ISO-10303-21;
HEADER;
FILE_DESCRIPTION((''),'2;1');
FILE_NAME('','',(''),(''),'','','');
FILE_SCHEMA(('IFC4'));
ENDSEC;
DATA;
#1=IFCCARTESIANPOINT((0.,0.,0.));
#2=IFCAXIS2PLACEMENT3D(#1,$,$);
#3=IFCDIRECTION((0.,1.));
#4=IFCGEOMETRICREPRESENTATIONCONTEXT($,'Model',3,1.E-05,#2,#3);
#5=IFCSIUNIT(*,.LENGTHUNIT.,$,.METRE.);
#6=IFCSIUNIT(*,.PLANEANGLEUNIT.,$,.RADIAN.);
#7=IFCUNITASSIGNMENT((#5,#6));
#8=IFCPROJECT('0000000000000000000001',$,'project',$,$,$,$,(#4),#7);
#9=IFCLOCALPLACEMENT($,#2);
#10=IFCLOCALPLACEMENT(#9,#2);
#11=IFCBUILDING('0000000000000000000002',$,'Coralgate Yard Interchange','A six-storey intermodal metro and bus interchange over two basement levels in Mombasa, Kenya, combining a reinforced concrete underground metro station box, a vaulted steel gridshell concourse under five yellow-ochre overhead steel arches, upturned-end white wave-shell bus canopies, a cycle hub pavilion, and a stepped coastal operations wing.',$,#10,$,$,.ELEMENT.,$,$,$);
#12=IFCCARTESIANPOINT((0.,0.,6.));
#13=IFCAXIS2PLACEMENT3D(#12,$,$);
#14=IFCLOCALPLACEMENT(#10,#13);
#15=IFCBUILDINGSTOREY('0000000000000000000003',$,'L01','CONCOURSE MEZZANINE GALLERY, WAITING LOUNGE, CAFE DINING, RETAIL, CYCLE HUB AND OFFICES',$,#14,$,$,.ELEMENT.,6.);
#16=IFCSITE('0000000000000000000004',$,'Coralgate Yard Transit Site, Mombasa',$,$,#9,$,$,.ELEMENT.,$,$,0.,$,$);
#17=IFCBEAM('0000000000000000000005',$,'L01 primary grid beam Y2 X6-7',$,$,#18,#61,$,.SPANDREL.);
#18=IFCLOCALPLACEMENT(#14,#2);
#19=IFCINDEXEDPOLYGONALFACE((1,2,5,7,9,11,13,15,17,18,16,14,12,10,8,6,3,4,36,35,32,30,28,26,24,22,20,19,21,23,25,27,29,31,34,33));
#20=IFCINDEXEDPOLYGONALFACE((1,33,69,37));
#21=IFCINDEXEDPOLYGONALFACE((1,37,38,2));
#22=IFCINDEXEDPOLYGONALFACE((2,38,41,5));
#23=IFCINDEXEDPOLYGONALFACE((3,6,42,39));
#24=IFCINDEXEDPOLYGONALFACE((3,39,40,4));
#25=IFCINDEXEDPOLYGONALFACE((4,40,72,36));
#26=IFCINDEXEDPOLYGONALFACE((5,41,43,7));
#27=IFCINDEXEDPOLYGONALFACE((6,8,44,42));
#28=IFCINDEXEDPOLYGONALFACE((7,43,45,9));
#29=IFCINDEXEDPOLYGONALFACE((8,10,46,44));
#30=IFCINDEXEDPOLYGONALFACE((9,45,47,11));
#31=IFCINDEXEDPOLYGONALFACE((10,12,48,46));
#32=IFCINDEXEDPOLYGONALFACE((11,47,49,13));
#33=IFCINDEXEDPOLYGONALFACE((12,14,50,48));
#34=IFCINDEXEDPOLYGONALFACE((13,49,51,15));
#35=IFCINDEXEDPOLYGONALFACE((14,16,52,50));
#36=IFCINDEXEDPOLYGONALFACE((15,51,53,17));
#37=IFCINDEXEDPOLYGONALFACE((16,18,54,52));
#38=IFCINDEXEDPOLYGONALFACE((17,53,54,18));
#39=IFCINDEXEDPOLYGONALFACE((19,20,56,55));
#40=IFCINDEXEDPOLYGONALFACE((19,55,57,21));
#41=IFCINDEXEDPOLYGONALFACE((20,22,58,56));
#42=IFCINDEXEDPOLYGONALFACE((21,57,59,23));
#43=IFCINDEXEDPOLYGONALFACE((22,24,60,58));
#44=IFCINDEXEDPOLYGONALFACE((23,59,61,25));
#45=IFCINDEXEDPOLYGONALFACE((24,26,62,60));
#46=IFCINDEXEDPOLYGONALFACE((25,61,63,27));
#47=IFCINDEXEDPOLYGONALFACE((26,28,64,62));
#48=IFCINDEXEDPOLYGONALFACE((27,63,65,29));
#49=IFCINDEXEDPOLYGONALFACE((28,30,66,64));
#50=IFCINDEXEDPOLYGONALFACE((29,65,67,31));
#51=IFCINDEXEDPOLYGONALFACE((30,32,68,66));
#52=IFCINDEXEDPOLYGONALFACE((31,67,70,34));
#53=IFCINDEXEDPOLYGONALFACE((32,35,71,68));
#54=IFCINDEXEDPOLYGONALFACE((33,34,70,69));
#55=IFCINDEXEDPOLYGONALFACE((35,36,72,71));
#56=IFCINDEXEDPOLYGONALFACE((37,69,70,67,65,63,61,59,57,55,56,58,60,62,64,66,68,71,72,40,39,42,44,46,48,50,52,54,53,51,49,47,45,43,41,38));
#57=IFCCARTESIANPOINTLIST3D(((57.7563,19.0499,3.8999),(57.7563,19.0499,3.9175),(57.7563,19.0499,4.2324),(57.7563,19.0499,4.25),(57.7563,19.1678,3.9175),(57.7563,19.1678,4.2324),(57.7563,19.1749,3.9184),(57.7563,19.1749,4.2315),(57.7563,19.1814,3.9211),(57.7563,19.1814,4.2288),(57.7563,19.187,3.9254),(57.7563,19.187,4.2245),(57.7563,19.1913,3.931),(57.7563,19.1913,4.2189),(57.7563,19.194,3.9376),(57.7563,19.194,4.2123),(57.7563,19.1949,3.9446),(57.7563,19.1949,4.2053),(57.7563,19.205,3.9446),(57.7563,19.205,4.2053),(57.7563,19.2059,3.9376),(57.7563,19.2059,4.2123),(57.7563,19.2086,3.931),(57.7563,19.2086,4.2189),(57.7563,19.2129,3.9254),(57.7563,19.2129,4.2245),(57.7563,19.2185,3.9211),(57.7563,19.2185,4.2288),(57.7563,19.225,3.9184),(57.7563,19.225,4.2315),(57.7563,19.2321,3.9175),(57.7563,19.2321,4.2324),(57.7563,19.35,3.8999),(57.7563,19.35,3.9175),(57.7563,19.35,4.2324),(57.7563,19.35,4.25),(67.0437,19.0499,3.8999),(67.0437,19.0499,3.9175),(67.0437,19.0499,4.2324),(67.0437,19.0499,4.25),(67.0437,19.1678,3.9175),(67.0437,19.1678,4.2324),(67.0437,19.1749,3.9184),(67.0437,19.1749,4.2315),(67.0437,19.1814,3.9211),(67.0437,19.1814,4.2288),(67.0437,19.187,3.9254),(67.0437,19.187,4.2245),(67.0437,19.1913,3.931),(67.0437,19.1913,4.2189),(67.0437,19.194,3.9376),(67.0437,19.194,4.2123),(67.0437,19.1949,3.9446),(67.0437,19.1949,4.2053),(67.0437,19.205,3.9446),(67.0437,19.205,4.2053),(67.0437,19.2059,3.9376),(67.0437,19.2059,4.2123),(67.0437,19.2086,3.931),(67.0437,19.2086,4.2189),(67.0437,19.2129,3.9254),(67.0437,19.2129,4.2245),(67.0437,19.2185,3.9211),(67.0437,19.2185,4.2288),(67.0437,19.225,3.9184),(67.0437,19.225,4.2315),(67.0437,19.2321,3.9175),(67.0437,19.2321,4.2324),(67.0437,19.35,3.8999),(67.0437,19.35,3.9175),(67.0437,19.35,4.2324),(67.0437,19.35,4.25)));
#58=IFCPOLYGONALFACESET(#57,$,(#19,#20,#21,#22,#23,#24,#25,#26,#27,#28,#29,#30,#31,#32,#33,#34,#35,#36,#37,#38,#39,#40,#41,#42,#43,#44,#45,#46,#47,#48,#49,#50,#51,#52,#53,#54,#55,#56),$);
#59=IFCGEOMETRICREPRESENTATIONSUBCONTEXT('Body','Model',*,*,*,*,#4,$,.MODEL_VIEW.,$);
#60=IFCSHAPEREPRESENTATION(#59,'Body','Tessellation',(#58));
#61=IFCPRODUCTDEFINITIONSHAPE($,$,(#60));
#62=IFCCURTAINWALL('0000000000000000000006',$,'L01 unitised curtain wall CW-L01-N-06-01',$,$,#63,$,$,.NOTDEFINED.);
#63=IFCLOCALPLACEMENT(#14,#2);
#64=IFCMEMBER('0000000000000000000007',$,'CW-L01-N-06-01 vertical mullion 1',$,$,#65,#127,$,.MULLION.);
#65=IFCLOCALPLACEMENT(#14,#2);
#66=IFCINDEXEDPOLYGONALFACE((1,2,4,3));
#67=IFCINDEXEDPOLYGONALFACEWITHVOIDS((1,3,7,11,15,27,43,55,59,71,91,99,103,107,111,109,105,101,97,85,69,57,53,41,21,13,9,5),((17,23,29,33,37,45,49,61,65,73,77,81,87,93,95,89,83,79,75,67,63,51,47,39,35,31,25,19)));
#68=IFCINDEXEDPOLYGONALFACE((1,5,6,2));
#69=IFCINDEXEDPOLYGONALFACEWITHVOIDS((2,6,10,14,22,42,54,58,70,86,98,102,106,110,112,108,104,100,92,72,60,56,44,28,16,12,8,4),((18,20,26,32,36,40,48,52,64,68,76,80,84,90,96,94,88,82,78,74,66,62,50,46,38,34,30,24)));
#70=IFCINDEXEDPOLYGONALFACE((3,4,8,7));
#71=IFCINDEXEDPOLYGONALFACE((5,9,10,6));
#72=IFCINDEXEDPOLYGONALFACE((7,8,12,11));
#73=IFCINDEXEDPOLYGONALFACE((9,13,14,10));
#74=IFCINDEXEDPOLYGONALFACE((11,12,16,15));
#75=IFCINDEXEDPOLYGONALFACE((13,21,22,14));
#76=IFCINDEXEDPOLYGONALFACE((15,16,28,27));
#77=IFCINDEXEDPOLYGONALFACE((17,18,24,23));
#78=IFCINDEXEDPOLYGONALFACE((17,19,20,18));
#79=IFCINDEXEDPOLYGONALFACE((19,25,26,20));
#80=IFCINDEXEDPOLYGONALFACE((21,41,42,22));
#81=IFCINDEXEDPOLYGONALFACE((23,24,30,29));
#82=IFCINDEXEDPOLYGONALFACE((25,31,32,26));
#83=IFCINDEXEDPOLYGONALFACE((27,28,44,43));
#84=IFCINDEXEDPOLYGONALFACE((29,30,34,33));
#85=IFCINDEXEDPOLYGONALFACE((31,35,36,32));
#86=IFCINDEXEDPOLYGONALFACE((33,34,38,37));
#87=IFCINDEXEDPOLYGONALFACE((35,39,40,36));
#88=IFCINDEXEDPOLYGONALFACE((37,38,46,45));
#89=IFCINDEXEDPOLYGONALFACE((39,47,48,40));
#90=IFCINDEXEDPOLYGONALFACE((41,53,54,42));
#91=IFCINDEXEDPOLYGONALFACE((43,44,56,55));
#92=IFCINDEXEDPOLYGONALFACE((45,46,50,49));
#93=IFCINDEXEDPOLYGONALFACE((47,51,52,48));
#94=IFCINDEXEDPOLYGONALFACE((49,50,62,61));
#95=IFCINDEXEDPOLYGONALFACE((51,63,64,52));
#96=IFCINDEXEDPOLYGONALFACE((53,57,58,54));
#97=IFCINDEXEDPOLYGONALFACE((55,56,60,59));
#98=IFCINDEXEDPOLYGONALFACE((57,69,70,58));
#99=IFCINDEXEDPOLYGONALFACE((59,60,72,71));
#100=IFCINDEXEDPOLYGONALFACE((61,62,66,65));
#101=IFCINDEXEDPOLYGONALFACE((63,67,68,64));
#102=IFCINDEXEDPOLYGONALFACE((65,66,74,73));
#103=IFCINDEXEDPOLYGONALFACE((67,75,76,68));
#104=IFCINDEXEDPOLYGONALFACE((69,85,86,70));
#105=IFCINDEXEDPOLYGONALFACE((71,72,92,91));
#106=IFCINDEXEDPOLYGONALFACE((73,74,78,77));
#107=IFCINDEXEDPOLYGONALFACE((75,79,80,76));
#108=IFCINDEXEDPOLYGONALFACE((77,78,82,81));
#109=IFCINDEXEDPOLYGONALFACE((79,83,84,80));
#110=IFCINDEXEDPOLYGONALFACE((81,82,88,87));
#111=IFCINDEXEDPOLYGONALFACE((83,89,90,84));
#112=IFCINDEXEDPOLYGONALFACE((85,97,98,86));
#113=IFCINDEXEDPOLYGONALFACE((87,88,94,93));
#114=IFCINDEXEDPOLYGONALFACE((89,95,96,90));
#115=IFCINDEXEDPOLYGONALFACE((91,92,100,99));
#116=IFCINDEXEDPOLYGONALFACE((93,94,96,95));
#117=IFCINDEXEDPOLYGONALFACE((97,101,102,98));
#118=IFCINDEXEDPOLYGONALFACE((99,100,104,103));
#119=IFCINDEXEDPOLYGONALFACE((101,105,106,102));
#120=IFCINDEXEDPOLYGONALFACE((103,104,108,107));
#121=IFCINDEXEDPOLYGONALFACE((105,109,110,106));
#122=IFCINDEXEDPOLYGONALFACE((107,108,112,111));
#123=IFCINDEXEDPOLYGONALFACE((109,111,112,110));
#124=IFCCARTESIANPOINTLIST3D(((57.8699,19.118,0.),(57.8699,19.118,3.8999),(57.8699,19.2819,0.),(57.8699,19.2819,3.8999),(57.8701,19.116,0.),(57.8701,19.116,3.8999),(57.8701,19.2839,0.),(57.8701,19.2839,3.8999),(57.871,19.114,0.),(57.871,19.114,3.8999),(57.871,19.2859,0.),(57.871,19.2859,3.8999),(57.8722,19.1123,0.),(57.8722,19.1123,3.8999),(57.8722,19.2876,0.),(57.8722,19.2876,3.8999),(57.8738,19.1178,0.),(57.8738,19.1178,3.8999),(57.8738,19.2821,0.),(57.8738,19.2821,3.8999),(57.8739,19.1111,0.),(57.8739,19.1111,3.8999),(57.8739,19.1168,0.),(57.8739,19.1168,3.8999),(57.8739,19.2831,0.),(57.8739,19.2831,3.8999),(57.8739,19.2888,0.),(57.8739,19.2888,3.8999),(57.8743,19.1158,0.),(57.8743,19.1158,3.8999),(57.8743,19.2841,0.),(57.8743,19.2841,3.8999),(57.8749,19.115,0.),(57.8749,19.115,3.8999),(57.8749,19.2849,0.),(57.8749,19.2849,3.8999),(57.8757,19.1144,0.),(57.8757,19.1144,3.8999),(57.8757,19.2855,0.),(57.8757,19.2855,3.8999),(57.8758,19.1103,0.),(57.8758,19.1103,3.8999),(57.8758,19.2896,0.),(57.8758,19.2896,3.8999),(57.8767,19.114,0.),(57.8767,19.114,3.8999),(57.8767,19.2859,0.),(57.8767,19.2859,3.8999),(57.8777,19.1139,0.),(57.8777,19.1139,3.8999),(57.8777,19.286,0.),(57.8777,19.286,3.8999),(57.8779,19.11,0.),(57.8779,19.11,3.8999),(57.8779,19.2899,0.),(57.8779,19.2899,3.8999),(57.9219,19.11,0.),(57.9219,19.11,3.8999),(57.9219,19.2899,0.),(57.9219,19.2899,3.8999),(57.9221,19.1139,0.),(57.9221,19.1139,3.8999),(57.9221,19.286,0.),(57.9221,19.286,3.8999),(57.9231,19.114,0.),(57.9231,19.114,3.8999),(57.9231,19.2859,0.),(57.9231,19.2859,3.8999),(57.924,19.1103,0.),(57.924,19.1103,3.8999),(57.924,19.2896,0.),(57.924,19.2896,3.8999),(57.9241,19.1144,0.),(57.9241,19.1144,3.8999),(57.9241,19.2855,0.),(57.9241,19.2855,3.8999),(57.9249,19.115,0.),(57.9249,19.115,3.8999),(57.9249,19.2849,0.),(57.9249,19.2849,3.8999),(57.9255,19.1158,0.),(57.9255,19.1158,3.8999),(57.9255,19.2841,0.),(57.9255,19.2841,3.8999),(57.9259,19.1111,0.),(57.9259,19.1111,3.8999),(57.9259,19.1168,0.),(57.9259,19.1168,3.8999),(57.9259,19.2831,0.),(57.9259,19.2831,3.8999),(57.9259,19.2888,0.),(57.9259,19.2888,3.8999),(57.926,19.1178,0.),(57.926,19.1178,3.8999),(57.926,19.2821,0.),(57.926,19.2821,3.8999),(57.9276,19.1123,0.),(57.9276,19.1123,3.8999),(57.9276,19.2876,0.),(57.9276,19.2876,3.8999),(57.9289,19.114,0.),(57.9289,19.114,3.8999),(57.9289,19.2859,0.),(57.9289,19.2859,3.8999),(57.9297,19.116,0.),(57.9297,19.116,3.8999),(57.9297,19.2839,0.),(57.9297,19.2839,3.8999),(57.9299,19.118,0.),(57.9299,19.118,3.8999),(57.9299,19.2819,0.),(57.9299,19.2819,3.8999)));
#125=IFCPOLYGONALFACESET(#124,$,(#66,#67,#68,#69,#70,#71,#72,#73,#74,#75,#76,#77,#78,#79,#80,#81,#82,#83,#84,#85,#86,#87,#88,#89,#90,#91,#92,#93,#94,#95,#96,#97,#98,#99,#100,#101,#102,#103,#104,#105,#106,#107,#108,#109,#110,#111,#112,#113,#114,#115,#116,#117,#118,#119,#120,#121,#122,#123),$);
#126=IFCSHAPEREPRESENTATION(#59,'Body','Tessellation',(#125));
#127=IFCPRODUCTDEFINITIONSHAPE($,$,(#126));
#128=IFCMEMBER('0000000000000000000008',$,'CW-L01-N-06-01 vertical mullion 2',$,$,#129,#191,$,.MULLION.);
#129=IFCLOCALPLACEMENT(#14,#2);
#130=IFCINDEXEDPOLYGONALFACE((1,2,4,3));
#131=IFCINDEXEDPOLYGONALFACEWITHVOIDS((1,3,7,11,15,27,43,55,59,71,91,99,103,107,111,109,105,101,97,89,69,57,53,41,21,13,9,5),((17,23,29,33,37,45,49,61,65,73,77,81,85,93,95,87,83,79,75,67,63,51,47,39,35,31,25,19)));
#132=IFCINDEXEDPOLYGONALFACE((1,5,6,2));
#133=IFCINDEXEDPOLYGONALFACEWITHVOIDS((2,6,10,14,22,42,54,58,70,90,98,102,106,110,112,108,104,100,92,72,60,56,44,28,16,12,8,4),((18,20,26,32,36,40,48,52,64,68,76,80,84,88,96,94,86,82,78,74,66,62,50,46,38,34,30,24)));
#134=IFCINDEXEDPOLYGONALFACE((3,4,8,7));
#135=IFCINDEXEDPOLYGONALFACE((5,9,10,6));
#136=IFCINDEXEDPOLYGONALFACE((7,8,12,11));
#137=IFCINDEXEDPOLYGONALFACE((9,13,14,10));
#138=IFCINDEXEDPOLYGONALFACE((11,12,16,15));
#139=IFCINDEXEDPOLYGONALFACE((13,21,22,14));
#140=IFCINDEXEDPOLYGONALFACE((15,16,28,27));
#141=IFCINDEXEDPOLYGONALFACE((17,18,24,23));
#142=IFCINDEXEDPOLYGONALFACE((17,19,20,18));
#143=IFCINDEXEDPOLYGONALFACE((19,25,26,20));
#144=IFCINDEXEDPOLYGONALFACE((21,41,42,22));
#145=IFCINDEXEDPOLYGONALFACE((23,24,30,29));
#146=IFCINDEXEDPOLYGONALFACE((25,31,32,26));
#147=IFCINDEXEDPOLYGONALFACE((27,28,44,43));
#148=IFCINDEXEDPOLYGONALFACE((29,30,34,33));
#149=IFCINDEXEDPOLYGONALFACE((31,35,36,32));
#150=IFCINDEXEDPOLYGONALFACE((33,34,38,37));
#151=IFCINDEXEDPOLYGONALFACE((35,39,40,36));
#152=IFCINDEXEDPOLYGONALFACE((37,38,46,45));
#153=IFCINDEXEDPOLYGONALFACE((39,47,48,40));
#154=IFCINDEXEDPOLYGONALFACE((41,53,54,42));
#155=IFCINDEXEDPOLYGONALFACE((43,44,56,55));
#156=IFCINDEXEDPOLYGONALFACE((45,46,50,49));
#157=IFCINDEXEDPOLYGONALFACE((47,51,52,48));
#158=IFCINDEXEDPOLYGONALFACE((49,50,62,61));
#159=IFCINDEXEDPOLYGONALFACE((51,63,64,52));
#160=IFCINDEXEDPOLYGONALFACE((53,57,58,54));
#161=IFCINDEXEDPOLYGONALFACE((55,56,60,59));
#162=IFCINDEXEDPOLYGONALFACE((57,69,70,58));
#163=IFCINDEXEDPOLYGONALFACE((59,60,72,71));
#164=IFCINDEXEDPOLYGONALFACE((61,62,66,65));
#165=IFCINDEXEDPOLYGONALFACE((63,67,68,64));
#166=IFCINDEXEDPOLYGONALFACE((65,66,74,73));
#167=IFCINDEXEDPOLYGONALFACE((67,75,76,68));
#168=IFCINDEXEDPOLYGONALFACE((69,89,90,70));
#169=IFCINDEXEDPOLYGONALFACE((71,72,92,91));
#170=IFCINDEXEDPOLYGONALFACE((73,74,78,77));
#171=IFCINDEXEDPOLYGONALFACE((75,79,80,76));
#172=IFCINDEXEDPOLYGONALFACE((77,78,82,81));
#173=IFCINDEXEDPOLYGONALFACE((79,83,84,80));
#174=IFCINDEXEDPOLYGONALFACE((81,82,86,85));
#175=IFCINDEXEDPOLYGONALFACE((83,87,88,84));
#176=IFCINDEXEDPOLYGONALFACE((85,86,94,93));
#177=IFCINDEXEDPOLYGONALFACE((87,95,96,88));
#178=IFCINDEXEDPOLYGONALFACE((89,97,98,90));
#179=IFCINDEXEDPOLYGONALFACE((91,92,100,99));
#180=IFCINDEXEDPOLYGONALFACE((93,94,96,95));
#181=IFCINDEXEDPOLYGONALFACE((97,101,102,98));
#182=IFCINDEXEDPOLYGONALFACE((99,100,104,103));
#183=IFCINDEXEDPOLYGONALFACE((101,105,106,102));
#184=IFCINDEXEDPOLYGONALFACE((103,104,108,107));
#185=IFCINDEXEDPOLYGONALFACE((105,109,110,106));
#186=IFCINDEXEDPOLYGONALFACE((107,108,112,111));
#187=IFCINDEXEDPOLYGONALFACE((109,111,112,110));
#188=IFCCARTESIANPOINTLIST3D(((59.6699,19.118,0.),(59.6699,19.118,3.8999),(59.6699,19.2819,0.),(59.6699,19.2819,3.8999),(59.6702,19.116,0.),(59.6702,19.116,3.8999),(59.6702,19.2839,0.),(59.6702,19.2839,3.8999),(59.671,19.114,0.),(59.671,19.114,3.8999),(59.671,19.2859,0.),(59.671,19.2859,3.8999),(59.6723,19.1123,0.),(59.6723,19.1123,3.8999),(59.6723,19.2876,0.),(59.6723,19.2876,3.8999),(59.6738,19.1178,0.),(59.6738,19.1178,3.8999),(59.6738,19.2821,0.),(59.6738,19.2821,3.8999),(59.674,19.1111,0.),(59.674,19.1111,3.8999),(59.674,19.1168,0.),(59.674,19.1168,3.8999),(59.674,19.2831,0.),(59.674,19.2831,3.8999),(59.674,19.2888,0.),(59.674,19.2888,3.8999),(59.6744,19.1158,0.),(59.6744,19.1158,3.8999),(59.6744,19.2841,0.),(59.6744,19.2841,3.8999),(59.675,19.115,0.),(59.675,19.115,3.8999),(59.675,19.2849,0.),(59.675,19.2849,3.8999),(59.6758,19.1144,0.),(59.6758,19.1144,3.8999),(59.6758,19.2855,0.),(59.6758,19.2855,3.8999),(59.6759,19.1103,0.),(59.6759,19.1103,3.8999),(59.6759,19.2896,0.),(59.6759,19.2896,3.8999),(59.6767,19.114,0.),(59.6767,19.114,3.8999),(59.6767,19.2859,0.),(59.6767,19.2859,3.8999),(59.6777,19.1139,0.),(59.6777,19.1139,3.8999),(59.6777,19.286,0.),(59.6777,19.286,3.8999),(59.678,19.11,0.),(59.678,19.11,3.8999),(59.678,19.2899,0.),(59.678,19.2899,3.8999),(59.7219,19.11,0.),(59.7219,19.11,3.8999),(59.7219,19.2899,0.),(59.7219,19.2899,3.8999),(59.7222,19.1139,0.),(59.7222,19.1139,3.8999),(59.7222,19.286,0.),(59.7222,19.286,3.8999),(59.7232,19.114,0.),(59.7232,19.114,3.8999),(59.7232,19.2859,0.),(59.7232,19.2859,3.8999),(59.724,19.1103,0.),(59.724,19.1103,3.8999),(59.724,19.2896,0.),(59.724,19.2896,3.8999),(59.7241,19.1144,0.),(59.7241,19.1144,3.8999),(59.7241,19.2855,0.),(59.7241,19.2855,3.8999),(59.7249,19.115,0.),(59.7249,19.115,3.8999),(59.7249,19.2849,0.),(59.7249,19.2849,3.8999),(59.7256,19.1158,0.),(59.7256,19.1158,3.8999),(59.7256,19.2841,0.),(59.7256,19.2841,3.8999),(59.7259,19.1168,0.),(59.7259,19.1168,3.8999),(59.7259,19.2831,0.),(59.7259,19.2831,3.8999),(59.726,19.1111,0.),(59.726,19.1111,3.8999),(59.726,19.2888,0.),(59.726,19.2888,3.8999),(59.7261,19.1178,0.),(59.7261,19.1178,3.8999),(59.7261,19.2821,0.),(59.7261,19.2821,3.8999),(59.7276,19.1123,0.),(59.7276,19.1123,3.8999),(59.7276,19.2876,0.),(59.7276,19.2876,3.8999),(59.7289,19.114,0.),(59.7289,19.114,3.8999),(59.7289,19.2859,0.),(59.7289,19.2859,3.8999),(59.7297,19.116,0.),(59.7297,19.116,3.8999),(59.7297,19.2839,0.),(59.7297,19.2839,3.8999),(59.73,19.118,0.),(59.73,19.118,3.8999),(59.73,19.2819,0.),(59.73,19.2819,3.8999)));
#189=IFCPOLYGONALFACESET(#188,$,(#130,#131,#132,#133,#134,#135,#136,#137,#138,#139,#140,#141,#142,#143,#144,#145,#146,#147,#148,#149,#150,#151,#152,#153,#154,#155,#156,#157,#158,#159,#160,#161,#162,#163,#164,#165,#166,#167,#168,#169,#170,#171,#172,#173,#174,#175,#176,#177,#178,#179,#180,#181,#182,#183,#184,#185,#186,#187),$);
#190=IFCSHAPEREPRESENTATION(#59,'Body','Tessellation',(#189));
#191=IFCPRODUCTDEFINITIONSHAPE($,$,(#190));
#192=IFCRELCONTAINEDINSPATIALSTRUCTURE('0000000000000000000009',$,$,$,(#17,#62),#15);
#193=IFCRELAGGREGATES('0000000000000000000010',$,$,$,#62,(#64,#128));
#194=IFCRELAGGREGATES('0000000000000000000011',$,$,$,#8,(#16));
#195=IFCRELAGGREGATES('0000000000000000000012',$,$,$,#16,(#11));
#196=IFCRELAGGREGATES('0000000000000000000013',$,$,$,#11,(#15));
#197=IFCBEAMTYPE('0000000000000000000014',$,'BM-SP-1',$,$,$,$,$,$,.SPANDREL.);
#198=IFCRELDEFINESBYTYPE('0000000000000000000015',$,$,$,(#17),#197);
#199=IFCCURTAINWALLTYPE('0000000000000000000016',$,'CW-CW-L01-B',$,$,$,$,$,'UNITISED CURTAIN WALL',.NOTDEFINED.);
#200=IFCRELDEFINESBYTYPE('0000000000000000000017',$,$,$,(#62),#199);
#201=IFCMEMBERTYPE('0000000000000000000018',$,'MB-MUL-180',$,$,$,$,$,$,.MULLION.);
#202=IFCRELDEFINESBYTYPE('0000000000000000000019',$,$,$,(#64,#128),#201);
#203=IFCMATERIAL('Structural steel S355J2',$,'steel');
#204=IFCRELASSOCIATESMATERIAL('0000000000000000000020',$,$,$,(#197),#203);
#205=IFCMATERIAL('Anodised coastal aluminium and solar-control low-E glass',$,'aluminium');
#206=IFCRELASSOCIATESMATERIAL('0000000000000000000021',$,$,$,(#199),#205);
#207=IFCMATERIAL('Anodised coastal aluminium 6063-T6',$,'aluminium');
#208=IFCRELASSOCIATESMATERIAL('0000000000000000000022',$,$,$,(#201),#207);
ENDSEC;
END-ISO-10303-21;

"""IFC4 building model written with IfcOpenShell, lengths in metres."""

from ifc_helpers import new_model, si_unit, direction, frame, origin, origin_2d, place, context, subcontext, project, spatial, hollow_rectangle, i_section, extrude, material, material_profile, profile_set, type_object, element, aggregate, save


model = new_model("IFC4")

# Units and contexts
model_context = context("Model", 3, precision=1e-05, world=origin(), true_north=direction((0.0, 1.0)))
body_context = subcontext(model_context, "Body", "Model", "MODEL_VIEW")
ifc_project = project(units=[si_unit("LENGTHUNIT", "METRE"), si_unit("PLANEANGLEUNIT", "RADIAN")], contexts=[model_context])

# Site, building, storey
site_placement = place(None, origin())
site = spatial("IfcSite", under=ifc_project, at=site_placement, Name="Coralgate Yard Transit Site, Mombasa", CompositionType="ELEMENT", RefElevation=0.0)
building_placement = place(site_placement, origin())
building = spatial("IfcBuilding", under=site, at=building_placement, Name="Coralgate Yard Interchange", Description="A six-storey intermodal metro and bus interchange over two basement levels in Mombasa, Kenya, combining a reinforced concrete underground metro station box, a vaulted steel gridshell concourse under five yellow-ochre overhead steel arches, upturned-end white wave-shell bus canopies, a cycle hub pavilion, and a stepped coastal operations wing.", CompositionType="ELEMENT")
storey_placement = place(building_placement, frame((0.0, 0.0, 6.0)))
storey = spatial("IfcBuildingStorey", under=building, at=storey_placement, Name="L01", Description="CONCOURSE MEZZANINE GALLERY, WAITING LOUNGE, CAFE DINING, RETAIL, CYCLE HUB AND OFFICES", CompositionType="ELEMENT", Elevation=6.0)

# Beam
ifc_material_1 = material(Name="Structural steel S355J2", Category="steel")
ifc_material_profile_1 = material_profile(ifc_material_1, i_section(OverallWidth=0.3, OverallDepth=0.3501, WebThickness=0.01, FlangeThickness=0.0176, FilletRadius=0.0271, at=origin_2d()), Name="HEA 360")
ifc_profile_set_1 = profile_set([ifc_material_profile_1], Name="Structural steel S355J2")
beam_type = type_object("IfcBeamType", Name="BM-SP-1", PredefinedType="SPANDREL", material=ifc_profile_set_1)
beam_placement = place(storey_placement, frame((57.7563, 19.2, 4.075), z_axis=(1.0, 0.0, 0.0), x_axis=(0.0, 1.0, 0.0)))
element("IfcBeam", 1, at=beam_placement, inside=storey, type_object=beam_type, Name="L01 primary grid beam Y2 X6-7", PredefinedType="SPANDREL", context=body_context, shape_type="SweptSolid", body=[
    extrude(i_section(OverallWidth=0.3, OverallDepth=0.3501, WebThickness=0.01, FlangeThickness=0.0176, FilletRadius=0.0271, at=origin_2d()), origin(), (0.0, 0.0, 1.0), 9.2874),
])

# Curtain wall, members
ifc_material_2 = material(Name="Anodised coastal aluminium and solar-control low-E glass", Category="aluminium")
curtain_wall_type = type_object("IfcCurtainWallType", Name="CW-CW-L01-B", ElementType="UNITISED CURTAIN WALL", PredefinedType="NOTDEFINED", material=ifc_material_2)
curtain_wall_placement = place(storey_placement, origin())
curtain_wall = element("IfcCurtainWall", 2, at=curtain_wall_placement, inside=storey, type_object=curtain_wall_type, Name="L01 unitised curtain wall CW-L01-N-06-01", PredefinedType="NOTDEFINED")
ifc_material_3 = material(Name="Anodised coastal aluminium 6063-T6", Category="aluminium")
ifc_material_profile_2 = material_profile(ifc_material_3, hollow_rectangle(XDim=0.0601, YDim=0.1799, WallThickness=0.0039, InnerFilletRadius=0.0039, OuterFilletRadius=0.0081, at=origin_2d()), Name="ALU 60x180x4")
ifc_profile_set_2 = profile_set([ifc_material_profile_2], Name="Anodised coastal aluminium 6063-T6")
member_type_1 = type_object("IfcMemberType", Name="MB-MUL-180", PredefinedType="MULLION", material=ifc_profile_set_2)
member_1_placement = place(storey_placement, frame((57.8999, 19.2, 0.0), z_axis=(0.0, 0.0, 1.0), x_axis=(1.0, 0.0, 0.0)))
member_1 = element("IfcMember", 3, at=member_1_placement, type_object=member_type_1, Name="CW-L01-N-06-01 vertical mullion 1", PredefinedType="MULLION", context=body_context, shape_type="SweptSolid", body=[
    extrude(hollow_rectangle(XDim=0.0601, YDim=0.1799, WallThickness=0.0039, InnerFilletRadius=0.0039, OuterFilletRadius=0.0081, at=origin_2d()), origin(), (0.0, 0.0, 1.0), 3.8999),
])
member_2_placement = place(storey_placement, frame((59.7, 19.2, 0.0), z_axis=(0.0, 0.0, 1.0), x_axis=(1.0, 0.0, 0.0)))
member_2 = element("IfcMember", 4, at=member_2_placement, type_object=member_type_1, Name="CW-L01-N-06-01 vertical mullion 2", PredefinedType="MULLION", context=body_context, shape_type="SweptSolid", body=[
    extrude(hollow_rectangle(XDim=0.0601, YDim=0.1799, WallThickness=0.0039, InnerFilletRadius=0.0039, OuterFilletRadius=0.0081, at=origin_2d()), origin(), (0.0, 0.0, 1.0), 3.8999),
])
aggregate(curtain_wall, [member_1, member_2])

save(model, "model.ifc")
